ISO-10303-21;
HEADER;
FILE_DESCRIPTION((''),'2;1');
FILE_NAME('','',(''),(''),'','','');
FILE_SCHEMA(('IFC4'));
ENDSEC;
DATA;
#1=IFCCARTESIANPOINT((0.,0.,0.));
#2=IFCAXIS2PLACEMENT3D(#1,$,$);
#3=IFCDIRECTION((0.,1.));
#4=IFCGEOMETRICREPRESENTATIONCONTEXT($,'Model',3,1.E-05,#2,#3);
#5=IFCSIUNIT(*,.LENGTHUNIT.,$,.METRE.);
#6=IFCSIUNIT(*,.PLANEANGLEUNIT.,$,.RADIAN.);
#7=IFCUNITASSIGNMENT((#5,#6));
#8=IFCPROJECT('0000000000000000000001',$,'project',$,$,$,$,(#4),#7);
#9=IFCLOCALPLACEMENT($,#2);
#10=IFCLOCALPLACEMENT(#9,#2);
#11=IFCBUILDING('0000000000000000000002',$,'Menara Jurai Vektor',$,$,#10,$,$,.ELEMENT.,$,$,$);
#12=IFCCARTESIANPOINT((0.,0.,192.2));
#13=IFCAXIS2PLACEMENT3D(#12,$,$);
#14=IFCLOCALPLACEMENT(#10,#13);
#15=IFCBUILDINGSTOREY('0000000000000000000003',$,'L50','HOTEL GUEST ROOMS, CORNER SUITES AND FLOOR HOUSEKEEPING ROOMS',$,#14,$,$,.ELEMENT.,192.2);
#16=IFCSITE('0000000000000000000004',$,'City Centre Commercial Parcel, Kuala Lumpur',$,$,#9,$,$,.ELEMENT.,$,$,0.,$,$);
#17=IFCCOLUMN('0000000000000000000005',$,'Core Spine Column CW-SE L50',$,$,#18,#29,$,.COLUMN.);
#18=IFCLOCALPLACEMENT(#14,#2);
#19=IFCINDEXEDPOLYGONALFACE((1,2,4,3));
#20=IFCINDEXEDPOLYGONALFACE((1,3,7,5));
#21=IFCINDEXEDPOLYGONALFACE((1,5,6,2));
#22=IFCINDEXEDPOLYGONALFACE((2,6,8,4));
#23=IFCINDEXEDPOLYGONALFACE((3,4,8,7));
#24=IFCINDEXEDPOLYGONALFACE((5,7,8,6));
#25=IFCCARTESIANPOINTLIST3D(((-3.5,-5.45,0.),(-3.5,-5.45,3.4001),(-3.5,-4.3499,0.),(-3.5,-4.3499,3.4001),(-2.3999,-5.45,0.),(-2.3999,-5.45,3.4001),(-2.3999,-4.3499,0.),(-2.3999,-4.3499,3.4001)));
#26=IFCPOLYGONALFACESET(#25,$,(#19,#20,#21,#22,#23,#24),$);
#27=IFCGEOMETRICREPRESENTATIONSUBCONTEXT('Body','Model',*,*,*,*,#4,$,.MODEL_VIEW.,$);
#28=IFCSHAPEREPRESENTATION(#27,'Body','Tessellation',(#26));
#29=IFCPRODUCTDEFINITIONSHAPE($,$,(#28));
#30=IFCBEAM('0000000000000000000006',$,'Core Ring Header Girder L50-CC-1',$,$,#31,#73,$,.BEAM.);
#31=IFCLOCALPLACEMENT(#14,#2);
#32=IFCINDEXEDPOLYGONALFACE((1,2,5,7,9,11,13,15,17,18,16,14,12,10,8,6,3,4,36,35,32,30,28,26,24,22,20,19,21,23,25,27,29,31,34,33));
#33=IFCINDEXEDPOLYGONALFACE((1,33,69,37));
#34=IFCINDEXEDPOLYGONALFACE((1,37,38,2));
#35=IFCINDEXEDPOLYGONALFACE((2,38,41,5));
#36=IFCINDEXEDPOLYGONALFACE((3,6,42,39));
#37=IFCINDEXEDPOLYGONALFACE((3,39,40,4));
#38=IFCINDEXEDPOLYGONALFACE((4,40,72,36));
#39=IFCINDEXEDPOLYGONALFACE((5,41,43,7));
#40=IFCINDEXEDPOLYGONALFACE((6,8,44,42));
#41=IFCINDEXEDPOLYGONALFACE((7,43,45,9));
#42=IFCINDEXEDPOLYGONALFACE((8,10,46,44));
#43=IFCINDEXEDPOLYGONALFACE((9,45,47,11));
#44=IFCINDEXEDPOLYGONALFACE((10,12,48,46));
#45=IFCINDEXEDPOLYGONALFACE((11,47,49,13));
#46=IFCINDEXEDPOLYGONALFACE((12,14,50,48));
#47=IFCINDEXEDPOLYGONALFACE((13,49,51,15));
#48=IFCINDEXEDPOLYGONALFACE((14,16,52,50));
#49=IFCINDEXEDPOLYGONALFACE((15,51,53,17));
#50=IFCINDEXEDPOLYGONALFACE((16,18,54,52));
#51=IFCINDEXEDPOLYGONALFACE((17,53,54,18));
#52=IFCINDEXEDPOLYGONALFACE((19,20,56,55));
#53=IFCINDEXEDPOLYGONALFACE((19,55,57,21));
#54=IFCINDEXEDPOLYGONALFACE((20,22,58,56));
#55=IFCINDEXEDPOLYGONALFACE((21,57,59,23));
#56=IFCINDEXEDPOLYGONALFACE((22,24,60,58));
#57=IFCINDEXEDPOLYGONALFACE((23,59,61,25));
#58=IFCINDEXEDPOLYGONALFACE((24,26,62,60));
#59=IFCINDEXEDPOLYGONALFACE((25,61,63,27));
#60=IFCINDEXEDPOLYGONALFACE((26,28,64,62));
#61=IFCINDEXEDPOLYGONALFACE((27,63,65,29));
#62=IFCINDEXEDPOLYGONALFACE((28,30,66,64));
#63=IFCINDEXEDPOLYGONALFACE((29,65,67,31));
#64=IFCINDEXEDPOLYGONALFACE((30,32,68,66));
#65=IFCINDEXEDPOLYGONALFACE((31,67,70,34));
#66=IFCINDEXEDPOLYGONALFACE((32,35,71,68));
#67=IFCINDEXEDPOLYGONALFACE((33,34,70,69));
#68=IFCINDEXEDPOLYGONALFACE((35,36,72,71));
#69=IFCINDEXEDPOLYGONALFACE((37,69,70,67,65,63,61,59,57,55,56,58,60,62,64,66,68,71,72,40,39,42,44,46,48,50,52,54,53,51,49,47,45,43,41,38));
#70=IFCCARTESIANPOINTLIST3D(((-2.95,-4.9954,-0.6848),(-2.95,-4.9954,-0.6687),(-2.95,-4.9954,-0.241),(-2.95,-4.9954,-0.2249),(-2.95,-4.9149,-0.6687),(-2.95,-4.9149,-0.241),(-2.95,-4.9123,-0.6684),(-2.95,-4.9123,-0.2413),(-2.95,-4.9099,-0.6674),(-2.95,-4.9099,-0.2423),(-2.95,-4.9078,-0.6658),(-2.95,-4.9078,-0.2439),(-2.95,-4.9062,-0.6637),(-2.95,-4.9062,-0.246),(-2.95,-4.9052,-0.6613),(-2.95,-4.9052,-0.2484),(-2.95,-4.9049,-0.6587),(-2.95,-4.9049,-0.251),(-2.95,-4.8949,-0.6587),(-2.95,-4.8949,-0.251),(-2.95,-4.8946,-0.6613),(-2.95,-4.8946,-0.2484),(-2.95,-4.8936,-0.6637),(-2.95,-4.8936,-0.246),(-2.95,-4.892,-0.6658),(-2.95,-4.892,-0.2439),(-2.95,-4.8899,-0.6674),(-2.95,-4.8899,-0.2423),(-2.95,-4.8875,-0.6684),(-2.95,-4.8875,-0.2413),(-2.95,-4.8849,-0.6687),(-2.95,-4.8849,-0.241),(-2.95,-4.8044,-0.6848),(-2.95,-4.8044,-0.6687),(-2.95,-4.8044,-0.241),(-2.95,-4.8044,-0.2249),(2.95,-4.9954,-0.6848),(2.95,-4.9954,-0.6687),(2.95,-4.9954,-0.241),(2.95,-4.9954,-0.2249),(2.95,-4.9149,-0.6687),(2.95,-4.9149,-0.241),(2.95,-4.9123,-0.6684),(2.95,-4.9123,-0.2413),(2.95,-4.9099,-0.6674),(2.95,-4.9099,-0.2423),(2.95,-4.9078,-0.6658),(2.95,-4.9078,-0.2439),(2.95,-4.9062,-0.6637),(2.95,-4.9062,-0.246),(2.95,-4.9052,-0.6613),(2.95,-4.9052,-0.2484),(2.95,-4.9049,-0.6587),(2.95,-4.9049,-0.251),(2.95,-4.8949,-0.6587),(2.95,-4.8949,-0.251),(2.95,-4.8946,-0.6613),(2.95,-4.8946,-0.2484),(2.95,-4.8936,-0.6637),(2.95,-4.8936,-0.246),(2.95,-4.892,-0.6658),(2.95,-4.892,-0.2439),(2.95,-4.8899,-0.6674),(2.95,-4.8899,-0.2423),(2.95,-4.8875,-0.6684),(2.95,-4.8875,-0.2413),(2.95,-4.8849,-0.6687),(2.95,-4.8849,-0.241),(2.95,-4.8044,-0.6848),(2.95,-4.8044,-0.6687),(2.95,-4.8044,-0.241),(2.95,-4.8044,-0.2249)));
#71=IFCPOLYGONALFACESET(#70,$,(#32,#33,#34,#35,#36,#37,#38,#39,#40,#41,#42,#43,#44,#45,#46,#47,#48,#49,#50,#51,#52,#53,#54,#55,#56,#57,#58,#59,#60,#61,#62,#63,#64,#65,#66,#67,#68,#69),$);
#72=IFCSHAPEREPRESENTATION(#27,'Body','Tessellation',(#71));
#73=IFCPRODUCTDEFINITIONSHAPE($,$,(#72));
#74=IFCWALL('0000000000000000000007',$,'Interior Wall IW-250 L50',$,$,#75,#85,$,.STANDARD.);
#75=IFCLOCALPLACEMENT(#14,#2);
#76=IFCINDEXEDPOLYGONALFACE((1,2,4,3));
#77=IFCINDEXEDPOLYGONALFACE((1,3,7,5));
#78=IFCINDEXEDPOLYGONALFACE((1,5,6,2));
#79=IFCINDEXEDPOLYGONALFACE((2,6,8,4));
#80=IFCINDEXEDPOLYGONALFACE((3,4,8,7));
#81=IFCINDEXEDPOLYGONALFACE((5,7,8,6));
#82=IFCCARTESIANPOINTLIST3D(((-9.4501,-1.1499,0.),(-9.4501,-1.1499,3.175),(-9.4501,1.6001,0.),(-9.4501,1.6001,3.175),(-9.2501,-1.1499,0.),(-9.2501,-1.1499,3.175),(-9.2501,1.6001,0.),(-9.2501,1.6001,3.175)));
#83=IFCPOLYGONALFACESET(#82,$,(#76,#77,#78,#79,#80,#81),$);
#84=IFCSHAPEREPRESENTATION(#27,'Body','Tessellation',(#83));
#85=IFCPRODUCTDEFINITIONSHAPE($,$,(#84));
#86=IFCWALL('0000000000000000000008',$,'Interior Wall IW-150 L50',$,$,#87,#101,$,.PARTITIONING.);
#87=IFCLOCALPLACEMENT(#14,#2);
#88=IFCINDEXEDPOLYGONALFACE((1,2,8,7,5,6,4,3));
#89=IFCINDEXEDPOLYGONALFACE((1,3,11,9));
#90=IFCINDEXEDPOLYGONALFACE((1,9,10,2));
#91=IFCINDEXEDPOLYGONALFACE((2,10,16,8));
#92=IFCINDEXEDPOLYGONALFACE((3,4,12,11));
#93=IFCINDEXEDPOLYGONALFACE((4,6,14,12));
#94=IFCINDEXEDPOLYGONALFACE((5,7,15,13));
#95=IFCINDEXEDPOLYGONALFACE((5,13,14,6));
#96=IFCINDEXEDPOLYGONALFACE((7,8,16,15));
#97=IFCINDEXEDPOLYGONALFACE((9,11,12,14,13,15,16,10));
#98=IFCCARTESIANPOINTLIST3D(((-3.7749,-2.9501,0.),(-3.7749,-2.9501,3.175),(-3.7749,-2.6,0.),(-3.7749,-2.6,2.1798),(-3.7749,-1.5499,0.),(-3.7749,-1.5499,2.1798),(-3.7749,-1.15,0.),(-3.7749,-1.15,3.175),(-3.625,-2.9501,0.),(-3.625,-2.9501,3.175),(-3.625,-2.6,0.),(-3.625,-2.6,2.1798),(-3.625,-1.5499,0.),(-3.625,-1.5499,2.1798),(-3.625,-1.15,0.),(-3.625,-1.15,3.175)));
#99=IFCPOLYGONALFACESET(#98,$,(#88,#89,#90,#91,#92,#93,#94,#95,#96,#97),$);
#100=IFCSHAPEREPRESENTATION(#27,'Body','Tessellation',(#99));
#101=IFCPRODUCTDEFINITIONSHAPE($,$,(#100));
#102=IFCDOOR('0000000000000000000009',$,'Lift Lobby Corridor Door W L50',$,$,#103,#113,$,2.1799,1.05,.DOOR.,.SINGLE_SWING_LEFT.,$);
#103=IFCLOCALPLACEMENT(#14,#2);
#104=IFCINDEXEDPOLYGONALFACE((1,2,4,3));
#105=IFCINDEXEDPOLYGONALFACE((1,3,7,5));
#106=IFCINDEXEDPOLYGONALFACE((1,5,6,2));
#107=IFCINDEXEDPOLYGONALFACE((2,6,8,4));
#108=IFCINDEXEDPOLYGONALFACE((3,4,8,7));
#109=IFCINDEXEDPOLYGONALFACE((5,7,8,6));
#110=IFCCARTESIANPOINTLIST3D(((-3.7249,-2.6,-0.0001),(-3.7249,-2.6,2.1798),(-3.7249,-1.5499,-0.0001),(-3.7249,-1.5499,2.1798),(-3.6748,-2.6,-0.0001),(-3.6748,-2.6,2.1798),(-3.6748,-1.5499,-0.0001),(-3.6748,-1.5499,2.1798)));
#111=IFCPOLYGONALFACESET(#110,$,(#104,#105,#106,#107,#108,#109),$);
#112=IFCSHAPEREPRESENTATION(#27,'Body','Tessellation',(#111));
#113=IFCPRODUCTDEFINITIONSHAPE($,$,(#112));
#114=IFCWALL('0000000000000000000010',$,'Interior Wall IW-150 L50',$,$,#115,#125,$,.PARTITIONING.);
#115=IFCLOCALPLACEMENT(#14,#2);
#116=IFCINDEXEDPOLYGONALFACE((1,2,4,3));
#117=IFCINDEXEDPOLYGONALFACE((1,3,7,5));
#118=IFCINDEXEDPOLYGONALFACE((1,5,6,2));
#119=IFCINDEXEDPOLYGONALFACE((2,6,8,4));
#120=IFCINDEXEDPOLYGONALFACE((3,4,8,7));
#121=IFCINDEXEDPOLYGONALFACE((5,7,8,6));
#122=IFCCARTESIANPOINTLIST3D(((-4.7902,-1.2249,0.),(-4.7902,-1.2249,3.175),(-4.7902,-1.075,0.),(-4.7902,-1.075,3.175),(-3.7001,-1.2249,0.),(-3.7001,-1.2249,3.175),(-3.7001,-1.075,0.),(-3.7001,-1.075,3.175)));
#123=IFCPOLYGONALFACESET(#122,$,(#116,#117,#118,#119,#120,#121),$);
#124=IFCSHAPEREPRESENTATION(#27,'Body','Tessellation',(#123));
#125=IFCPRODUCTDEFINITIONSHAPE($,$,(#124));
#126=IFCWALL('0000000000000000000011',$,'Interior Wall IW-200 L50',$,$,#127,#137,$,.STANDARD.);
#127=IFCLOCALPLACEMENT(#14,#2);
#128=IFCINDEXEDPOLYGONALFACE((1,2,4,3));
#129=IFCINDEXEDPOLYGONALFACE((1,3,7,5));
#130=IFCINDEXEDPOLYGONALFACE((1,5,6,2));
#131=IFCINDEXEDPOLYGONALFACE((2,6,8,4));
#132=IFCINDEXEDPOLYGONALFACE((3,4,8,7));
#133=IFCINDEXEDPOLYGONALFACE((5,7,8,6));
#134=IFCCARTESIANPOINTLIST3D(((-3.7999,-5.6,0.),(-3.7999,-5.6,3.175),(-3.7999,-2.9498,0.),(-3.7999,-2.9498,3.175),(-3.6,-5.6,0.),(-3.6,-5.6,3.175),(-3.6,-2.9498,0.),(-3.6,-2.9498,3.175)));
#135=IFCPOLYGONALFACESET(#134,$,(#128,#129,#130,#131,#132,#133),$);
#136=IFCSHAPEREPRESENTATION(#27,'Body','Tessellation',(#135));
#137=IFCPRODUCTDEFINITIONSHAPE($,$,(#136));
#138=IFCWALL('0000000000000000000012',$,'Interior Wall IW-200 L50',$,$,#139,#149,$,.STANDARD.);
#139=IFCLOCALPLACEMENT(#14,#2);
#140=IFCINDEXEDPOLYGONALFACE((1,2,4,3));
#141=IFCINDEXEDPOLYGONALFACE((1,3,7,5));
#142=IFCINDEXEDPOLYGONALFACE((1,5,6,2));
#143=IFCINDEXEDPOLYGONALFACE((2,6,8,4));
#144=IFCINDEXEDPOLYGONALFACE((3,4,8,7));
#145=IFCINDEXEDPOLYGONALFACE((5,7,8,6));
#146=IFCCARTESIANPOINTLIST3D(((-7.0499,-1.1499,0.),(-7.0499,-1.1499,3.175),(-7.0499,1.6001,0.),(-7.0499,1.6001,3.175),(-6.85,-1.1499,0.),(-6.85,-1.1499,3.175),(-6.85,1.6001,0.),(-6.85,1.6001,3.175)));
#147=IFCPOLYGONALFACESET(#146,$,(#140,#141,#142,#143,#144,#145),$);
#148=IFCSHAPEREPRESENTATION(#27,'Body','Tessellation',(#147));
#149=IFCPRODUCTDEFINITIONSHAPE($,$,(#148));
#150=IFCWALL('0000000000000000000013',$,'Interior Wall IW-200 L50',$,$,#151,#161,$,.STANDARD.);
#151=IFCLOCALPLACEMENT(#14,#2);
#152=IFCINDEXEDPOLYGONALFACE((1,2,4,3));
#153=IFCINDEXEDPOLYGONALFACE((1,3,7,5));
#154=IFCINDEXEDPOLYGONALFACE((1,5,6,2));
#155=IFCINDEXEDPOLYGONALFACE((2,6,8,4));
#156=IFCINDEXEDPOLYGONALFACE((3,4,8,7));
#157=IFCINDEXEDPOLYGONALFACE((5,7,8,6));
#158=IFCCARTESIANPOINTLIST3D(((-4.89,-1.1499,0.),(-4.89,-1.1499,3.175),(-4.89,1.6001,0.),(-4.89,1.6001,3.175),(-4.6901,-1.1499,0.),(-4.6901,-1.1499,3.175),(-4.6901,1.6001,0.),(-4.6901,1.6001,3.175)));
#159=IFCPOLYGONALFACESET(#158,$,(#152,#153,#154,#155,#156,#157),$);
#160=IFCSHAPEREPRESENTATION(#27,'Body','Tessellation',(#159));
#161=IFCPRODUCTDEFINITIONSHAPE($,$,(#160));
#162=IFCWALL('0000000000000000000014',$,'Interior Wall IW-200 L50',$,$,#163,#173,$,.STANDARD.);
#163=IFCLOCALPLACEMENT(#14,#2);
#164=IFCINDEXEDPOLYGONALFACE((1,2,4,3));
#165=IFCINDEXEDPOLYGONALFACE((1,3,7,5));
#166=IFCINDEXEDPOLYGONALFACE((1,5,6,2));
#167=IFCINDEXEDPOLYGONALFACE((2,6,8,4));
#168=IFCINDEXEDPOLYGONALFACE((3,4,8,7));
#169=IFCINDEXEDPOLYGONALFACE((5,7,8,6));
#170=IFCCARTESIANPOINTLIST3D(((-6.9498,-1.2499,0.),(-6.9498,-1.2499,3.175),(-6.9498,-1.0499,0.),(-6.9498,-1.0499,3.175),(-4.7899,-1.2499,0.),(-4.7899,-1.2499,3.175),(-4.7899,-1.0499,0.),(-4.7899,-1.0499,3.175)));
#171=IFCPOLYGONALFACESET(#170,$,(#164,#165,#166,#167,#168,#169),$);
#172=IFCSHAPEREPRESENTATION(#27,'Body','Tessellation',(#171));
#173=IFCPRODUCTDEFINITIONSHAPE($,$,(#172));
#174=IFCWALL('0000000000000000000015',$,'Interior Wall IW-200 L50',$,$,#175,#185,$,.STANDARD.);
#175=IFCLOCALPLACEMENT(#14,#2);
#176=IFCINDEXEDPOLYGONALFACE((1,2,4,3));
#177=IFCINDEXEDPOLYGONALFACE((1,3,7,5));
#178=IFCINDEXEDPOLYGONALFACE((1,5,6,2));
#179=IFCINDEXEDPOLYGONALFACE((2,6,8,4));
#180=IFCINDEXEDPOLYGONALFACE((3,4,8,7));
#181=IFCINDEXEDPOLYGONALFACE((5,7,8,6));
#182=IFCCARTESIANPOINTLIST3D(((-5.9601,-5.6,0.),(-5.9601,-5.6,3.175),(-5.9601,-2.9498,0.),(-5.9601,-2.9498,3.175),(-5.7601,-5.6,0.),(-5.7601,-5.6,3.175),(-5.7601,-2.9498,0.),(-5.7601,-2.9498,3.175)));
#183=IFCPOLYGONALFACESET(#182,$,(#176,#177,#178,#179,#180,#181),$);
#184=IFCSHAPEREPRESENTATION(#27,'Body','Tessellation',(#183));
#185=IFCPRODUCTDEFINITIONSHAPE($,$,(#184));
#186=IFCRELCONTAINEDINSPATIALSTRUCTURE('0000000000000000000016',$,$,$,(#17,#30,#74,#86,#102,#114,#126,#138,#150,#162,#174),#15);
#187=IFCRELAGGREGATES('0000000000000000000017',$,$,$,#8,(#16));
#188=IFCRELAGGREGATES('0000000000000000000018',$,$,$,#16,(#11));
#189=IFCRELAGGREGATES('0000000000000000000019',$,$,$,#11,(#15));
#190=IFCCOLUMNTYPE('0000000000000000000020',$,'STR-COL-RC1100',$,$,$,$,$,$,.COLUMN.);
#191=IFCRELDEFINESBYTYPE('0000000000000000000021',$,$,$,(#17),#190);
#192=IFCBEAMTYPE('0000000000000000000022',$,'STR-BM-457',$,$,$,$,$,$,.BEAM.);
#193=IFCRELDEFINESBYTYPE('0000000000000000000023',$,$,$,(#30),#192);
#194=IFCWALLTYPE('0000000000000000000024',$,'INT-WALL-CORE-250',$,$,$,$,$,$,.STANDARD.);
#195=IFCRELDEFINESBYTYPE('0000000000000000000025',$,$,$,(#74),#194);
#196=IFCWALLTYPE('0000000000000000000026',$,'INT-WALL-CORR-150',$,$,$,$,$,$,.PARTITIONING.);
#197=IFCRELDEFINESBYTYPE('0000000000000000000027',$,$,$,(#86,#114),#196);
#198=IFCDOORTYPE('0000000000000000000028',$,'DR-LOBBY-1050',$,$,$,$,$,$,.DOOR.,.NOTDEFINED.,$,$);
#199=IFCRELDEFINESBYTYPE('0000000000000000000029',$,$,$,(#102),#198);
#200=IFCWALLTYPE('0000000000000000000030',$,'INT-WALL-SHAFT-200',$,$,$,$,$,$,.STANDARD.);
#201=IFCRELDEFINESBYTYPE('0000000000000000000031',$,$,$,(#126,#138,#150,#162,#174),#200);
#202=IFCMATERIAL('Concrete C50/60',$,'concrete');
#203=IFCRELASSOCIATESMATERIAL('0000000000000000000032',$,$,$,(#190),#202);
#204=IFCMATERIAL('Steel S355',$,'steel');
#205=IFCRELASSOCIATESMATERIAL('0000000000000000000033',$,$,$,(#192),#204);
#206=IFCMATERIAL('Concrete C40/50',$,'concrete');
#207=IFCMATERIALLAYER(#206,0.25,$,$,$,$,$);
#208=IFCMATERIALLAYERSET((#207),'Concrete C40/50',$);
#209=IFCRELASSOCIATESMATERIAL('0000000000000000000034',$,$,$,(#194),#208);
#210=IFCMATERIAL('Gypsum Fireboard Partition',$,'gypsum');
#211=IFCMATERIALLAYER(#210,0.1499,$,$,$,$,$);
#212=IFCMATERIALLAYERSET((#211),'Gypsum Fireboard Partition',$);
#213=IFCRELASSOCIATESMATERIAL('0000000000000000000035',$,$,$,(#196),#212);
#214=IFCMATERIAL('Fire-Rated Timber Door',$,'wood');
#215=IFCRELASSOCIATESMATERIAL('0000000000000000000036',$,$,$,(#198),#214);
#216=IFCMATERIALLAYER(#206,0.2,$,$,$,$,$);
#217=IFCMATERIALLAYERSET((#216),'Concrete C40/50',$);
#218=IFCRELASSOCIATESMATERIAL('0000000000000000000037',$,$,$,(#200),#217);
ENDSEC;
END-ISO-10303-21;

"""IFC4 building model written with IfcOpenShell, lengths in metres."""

from ifc_helpers import new_model, si_unit, direction, frame, frame_2d, origin, origin_2d, place, context, subcontext, project, spatial, rectangle, i_section, extrude, material, layer, layer_set, material_profile, profile_set, type_object, element, fill, save


model = new_model("IFC4")

# Units and contexts
model_context = context("Model", 3, precision=1e-05, world=origin(), true_north=direction((0.0, 1.0)))
body_context = subcontext(model_context, "Body", "Model", "MODEL_VIEW")
ifc_project = project(units=[si_unit("LENGTHUNIT", "METRE"), si_unit("PLANEANGLEUNIT", "RADIAN")], contexts=[model_context])

# Site, building, storey
site_placement = place(None, origin())
site = spatial("IfcSite", under=ifc_project, at=site_placement, Name="City Centre Commercial Parcel, Kuala Lumpur", CompositionType="ELEMENT", RefElevation=0.0)
building_placement = place(site_placement, origin())
building = spatial("IfcBuilding", under=site, at=building_placement, Name="Menara Jurai Vektor", CompositionType="ELEMENT")
storey_placement = place(building_placement, frame((0.0, 0.0, 192.2)))
storey = spatial("IfcBuildingStorey", under=building, at=storey_placement, Name="L50", Description="HOTEL GUEST ROOMS, CORNER SUITES AND FLOOR HOUSEKEEPING ROOMS", CompositionType="ELEMENT", Elevation=192.2)

# Column
ifc_material_1 = material(Name="Concrete C50/60", Category="concrete")
ifc_material_profile_1 = material_profile(ifc_material_1, rectangle(XDim=1.1001, YDim=1.1001, at=origin_2d()), Name="RC 1100x1100")
ifc_profile_set_1 = profile_set([ifc_material_profile_1], Name="Concrete C50/60")
column_type = type_object("IfcColumnType", Name="STR-COL-RC1100", PredefinedType="COLUMN", material=ifc_profile_set_1)
column_placement = place(storey_placement, frame((-2.95, -4.8999, 0.0), z_axis=(0.0, 0.0, 1.0), x_axis=(1.0, 0.0, 0.0)))
element("IfcColumn", 1, at=column_placement, inside=storey, type_object=column_type, Name="Core Spine Column CW-SE L50", PredefinedType="COLUMN", context=body_context, shape_type="SweptSolid", body=[
    extrude(rectangle(XDim=1.1001, YDim=1.1001, at=origin_2d()), origin(), (0.0, 0.0, 1.0), 3.4001),
])

# Beam
ifc_material_2 = material(Name="Steel S355", Category="steel")
ifc_material_profile_2 = material_profile(ifc_material_2, i_section(OverallWidth=0.1909, OverallDepth=0.46, WebThickness=0.01, FlangeThickness=0.0161, FilletRadius=0.01, at=origin_2d()), Name="UKB 457x191x82")
ifc_profile_set_2 = profile_set([ifc_material_profile_2], Name="Steel S355")
beam_type = type_object("IfcBeamType", Name="STR-BM-457", PredefinedType="BEAM", material=ifc_profile_set_2)
beam_placement = place(storey_placement, frame((-2.95, -4.8999, -0.4548), z_axis=(1.0, 0.0, 0.0), x_axis=(0.0, 1.0, 0.0)))
element("IfcBeam", 2, at=beam_placement, inside=storey, type_object=beam_type, Name="Core Ring Header Girder L50-CC-1", PredefinedType="BEAM", context=body_context, shape_type="SweptSolid", body=[
    extrude(i_section(OverallWidth=0.1909, OverallDepth=0.46, WebThickness=0.01, FlangeThickness=0.0161, FilletRadius=0.01, at=origin_2d()), origin(), (0.0, 0.0, 1.0), 5.8999),
])

# Wall
ifc_material_3 = material(Name="Concrete C40/50", Category="concrete")
ifc_layer_1 = layer(ifc_material_3, 0.25)
ifc_layer_set_1 = layer_set([ifc_layer_1], Name="Concrete C40/50")
wall_type_1 = type_object("IfcWallType", Name="INT-WALL-CORE-250", PredefinedType="STANDARD", material=ifc_layer_set_1)
wall_1_placement = place(storey_placement, frame((-9.3501, -1.1499, 0.0), z_axis=(0.0, 0.0, 1.0), x_axis=(0.0, 1.0, 0.0)))
element("IfcWall", 3, at=wall_1_placement, inside=storey, type_object=wall_type_1, Name="Interior Wall IW-250 L50", PredefinedType="STANDARD", context=body_context, shape_type="SweptSolid", body=[
    extrude(rectangle(XDim=2.75, YDim=0.2, at=frame_2d((1.375, 0.0))), origin(), (0.0, 0.0, 1.0), 3.175),
])

# Wall, opening, door
ifc_material_4 = material(Name="Gypsum Fireboard Partition", Category="gypsum")
ifc_layer_2 = layer(ifc_material_4, 0.1499)
ifc_layer_set_2 = layer_set([ifc_layer_2], Name="Gypsum Fireboard Partition")
wall_type_2 = type_object("IfcWallType", Name="INT-WALL-CORR-150", PredefinedType="PARTITIONING", material=ifc_layer_set_2)
wall_2_placement = place(storey_placement, frame((-3.7, -2.95, 0.0), z_axis=(0.0, 0.0, 1.0), x_axis=(0.0, 1.0, 0.0)))
wall_2 = element("IfcWall", 4, at=wall_2_placement, inside=storey, type_object=wall_type_2, Name="Interior Wall IW-150 L50", PredefinedType="PARTITIONING", context=body_context, shape_type="SweptSolid", body=[
    extrude(rectangle(XDim=1.8, YDim=0.1499, at=frame_2d((0.8999, 0.0))), origin(), (0.0, 0.0, 1.0), 3.175),
])
opening_1_placement = place(wall_2_placement, frame((0.3501, 0.0, 0.0)))
opening_1 = element("IfcOpeningElement", 5, at=opening_1_placement, cuts=wall_2, PredefinedType="OPENING", context=body_context, shape_type="SweptSolid", body=[
    extrude(rectangle(XDim=1.05, YDim=2.1799, at=frame_2d((0.5249, 1.0898))), frame((0.0, 0.085, 0.0), z_axis=(0.0, -1.0, 0.0), x_axis=(1.0, 0.0, 0.0)), (0.0, 0.0, 1.0), 0.1699),
])
ifc_material_5 = material(Name="Fire-Rated Timber Door", Category="wood")
door_type_1 = type_object("IfcDoorType", Name="DR-LOBBY-1050", OperationType="NOTDEFINED", PredefinedType="DOOR", material=ifc_material_5)
door_1_placement = place(opening_1_placement, origin())
door_1 = element("IfcDoor", 6, at=door_1_placement, inside=storey, type_object=door_type_1, Name="Lift Lobby Corridor Door W L50", OperationType="SINGLE_SWING_LEFT", OverallHeight=2.1799, OverallWidth=1.05, PredefinedType="DOOR", context=body_context, shape_type="SweptSolid", body=[
    extrude(rectangle(XDim=1.05, YDim=2.1799, at=frame_2d((0.5249, 1.0898))), frame((0.0, 0.0249, 0.0), z_axis=(0.0, -1.0, 0.0), x_axis=(1.0, 0.0, 0.0)), (0.0, 0.0, 1.0), 0.05),
])
fill(opening_1, door_1)

# Wall
wall_3_placement = place(storey_placement, frame((-4.79, -1.1499, 0.0), z_axis=(0.0, 0.0, 1.0), x_axis=(1.0, 0.0, 0.0)))
element("IfcWall", 7, at=wall_3_placement, inside=storey, type_object=wall_type_2, Name="Interior Wall IW-150 L50", PredefinedType="PARTITIONING", context=body_context, shape_type="SweptSolid", body=[
    extrude(rectangle(XDim=1.0901, YDim=0.1499, at=frame_2d((0.5449, 0.0))), origin(), (0.0, 0.0, 1.0), 3.175),
])

# Shared definitions
ifc_layer_3 = layer(ifc_material_3, 0.2)
ifc_layer_set_3 = layer_set([ifc_layer_3], Name="Concrete C40/50")
wall_type_3 = type_object("IfcWallType", Name="INT-WALL-SHAFT-200", PredefinedType="STANDARD", material=ifc_layer_set_3)

# Walls
wall_4_placement = place(storey_placement, frame((-3.7, -5.6001, 0.0), z_axis=(0.0, 0.0, 1.0), x_axis=(0.0, 1.0, 0.0)))
element("IfcWall", 8, at=wall_4_placement, inside=storey, type_object=wall_type_3, Name="Interior Wall IW-200 L50", PredefinedType="STANDARD", context=body_context, shape_type="SweptSolid", body=[
    extrude(rectangle(XDim=2.6501, YDim=0.2, at=frame_2d((1.3252, 0.0))), origin(), (0.0, 0.0, 1.0), 3.175),
])
wall_5_placement = place(storey_placement, frame((-6.95, -1.1499, 0.0), z_axis=(0.0, 0.0, 1.0), x_axis=(0.0, 1.0, 0.0)))
element("IfcWall", 9, at=wall_5_placement, inside=storey, type_object=wall_type_3, Name="Interior Wall IW-200 L50", PredefinedType="STANDARD", context=body_context, shape_type="SweptSolid", body=[
    extrude(rectangle(XDim=2.75, YDim=0.2, at=frame_2d((1.375, 0.0))), origin(), (0.0, 0.0, 1.0), 3.175),
])

# Walls
wall_6_placement = place(storey_placement, frame((-4.79, -1.1499, 0.0), z_axis=(0.0, 0.0, 1.0), x_axis=(0.0, 1.0, 0.0)))
element("IfcWall", 10, at=wall_6_placement, inside=storey, type_object=wall_type_3, Name="Interior Wall IW-200 L50", PredefinedType="STANDARD", context=body_context, shape_type="SweptSolid", body=[
    extrude(rectangle(XDim=2.75, YDim=0.2, at=frame_2d((1.375, 0.0))), origin(), (0.0, 0.0, 1.0), 3.175),
])
wall_7_placement = place(storey_placement, frame((-6.95, -1.1499, 0.0), z_axis=(0.0, 0.0, 1.0), x_axis=(1.0, 0.0, 0.0)))
element("IfcWall", 11, at=wall_7_placement, inside=storey, type_object=wall_type_3, Name="Interior Wall IW-200 L50", PredefinedType="STANDARD", context=body_context, shape_type="SweptSolid", body=[
    extrude(rectangle(XDim=2.1599, YDim=0.2, at=frame_2d((1.0801, 0.0))), origin(), (0.0, 0.0, 1.0), 3.175),
])
wall_8_placement = place(storey_placement, frame((-5.8601, -5.6001, 0.0), z_axis=(0.0, 0.0, 1.0), x_axis=(0.0, 1.0, 0.0)))
element("IfcWall", 12, at=wall_8_placement, inside=storey, type_object=wall_type_3, Name="Interior Wall IW-200 L50", PredefinedType="STANDARD", context=body_context, shape_type="SweptSolid", body=[
    extrude(rectangle(XDim=2.6501, YDim=0.2, at=frame_2d((1.3252, 0.0))), origin(), (0.0, 0.0, 1.0), 3.175),
])

save(model, "model.ifc")
